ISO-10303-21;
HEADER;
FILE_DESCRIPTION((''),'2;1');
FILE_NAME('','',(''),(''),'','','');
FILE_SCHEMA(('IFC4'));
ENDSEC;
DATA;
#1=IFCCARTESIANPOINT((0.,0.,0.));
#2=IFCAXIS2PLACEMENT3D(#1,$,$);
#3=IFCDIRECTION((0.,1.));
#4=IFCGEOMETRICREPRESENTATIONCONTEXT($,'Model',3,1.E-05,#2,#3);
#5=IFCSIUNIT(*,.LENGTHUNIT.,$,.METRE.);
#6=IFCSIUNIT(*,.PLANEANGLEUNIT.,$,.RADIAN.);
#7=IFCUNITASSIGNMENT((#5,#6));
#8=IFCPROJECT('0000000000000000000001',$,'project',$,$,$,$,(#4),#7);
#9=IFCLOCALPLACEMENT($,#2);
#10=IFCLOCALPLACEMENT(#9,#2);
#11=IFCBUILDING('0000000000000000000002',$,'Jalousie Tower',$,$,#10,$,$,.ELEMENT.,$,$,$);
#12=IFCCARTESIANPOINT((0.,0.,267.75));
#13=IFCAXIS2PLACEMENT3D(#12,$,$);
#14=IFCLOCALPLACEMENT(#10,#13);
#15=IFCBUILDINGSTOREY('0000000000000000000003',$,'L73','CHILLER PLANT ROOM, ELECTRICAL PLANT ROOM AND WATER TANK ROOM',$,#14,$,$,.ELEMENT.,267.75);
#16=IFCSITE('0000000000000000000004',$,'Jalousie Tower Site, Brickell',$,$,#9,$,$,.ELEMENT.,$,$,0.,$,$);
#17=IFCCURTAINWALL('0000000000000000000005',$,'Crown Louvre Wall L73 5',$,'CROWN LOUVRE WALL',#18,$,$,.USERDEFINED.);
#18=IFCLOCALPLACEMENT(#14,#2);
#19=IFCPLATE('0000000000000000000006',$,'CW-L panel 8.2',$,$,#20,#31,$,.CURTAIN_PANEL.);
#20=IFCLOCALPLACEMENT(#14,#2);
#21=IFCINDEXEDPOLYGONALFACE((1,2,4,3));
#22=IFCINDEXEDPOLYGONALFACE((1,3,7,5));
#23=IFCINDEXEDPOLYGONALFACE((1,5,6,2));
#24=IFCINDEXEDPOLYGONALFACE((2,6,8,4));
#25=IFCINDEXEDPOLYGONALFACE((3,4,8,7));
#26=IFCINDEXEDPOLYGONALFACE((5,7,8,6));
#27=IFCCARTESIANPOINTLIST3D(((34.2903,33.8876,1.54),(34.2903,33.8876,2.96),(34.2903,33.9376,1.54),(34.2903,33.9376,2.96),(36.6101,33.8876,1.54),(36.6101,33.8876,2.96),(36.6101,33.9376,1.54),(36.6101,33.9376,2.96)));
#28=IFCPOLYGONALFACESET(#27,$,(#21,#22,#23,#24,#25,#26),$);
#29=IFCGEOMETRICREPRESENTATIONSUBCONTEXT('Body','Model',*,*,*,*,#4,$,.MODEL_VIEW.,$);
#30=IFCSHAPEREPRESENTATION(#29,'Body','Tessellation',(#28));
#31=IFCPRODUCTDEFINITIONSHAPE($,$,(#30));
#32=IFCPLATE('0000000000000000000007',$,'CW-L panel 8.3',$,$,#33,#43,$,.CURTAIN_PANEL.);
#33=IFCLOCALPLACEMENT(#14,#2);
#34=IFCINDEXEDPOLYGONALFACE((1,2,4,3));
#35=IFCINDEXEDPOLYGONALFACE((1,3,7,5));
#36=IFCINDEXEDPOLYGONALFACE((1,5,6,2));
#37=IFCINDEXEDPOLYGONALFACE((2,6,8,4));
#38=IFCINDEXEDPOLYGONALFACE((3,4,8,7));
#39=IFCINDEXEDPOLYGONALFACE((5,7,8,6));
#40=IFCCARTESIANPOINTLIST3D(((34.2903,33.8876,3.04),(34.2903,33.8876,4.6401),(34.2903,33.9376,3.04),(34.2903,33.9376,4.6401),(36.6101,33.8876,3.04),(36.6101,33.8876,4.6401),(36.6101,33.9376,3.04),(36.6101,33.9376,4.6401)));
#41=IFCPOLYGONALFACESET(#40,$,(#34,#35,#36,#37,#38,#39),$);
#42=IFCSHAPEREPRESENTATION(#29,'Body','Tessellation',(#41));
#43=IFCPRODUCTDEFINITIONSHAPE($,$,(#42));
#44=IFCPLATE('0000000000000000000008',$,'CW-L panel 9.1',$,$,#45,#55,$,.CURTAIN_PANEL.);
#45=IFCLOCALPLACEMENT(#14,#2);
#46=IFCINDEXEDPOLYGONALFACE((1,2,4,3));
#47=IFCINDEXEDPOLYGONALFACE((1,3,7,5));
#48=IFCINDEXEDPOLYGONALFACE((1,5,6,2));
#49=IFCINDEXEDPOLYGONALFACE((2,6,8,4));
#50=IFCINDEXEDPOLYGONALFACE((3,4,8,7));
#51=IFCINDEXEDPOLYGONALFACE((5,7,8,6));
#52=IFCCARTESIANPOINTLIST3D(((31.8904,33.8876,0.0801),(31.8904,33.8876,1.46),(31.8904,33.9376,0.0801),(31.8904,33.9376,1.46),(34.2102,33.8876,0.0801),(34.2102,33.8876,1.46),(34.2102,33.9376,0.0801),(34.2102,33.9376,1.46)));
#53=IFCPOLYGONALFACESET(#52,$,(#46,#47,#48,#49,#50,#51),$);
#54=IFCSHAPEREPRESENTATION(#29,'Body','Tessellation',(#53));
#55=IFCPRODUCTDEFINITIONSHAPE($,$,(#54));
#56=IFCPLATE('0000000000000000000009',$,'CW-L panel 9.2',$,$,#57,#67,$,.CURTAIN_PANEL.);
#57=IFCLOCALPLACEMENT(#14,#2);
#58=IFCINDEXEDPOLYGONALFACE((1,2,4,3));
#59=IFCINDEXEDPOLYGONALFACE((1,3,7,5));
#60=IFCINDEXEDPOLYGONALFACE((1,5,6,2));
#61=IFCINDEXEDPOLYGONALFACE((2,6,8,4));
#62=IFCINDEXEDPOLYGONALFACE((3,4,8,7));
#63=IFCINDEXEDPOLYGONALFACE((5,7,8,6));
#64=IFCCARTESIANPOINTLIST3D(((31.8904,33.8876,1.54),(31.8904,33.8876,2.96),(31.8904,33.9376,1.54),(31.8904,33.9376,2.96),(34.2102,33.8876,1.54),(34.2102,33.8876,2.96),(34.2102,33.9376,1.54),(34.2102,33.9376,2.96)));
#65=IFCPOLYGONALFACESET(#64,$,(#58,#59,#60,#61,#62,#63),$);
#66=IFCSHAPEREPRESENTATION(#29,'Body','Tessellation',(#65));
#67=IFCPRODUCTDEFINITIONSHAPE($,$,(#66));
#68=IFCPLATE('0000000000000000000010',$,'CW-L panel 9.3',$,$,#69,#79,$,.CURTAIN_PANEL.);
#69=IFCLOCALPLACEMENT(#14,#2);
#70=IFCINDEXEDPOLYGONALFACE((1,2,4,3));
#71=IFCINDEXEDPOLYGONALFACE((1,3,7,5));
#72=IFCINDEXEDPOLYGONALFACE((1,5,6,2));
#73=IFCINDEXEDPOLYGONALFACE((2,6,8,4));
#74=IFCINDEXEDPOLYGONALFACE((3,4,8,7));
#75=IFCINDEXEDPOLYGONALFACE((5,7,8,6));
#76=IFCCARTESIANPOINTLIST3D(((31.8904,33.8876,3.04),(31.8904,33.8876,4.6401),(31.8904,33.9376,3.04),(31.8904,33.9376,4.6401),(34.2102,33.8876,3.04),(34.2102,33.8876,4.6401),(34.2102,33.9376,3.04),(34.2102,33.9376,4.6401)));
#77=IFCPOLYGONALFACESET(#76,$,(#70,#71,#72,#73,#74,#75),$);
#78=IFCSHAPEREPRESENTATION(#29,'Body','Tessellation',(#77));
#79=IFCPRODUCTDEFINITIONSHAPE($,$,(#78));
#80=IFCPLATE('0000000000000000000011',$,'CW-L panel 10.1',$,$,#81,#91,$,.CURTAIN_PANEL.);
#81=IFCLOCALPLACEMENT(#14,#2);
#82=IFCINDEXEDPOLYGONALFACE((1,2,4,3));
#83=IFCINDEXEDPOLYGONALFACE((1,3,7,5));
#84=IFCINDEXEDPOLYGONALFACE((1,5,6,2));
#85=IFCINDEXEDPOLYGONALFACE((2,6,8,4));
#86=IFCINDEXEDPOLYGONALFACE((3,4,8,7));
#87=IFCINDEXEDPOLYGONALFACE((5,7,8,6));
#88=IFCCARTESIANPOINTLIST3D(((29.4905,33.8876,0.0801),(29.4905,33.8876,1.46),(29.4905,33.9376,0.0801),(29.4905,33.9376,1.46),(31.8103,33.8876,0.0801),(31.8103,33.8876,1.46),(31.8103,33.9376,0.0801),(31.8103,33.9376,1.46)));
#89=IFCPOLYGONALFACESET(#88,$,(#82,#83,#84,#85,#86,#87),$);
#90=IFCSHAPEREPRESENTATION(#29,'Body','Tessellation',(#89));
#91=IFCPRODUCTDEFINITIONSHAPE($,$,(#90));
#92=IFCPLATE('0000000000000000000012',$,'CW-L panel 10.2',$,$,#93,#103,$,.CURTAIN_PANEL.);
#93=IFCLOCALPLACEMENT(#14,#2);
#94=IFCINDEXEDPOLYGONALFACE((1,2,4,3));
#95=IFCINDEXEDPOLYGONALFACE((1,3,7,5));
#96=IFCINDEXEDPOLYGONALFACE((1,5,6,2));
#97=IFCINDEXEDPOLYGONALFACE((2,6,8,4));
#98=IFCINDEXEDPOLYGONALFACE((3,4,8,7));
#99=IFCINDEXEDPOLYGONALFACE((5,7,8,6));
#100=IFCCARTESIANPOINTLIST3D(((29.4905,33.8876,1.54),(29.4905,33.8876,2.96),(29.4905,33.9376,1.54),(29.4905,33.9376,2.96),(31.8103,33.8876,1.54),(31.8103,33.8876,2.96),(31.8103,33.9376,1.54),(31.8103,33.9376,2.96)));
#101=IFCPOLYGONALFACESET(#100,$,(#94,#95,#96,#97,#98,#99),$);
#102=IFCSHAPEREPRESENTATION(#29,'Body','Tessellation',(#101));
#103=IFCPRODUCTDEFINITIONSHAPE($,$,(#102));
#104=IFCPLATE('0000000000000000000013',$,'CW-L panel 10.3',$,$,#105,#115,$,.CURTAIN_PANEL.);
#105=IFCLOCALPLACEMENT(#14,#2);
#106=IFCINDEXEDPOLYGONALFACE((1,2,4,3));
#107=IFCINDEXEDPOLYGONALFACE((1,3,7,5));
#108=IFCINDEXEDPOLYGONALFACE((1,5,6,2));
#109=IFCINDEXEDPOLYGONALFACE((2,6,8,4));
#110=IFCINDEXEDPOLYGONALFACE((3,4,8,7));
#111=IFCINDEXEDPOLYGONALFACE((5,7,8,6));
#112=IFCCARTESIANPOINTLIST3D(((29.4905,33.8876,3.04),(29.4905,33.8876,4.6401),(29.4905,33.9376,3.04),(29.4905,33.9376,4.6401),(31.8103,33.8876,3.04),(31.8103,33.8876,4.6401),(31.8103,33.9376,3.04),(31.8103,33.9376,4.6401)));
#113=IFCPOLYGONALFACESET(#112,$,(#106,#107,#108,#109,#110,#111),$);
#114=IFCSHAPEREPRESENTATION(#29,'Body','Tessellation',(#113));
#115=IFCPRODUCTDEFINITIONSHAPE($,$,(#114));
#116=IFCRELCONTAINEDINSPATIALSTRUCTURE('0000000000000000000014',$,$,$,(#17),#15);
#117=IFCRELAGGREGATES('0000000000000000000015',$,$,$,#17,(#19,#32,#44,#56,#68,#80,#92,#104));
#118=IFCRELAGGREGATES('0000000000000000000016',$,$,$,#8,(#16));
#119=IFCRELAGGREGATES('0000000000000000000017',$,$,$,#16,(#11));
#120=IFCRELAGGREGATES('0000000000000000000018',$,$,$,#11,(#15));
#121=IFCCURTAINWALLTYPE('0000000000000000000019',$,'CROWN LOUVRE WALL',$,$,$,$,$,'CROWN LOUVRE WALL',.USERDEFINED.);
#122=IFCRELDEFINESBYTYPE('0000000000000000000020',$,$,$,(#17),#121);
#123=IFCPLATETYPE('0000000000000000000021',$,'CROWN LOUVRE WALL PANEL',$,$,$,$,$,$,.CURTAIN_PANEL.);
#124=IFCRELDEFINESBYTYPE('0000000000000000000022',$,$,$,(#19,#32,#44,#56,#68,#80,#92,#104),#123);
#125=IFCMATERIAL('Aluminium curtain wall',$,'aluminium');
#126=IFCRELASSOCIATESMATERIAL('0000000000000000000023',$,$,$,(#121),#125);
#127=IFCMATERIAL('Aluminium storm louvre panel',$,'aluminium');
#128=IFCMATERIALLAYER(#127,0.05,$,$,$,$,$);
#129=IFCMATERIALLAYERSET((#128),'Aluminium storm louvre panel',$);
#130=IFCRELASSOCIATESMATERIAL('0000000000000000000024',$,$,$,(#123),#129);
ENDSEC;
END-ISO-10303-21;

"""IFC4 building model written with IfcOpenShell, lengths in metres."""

from ifc_helpers import new_model, si_unit, direction, frame, origin, origin_2d, place, context, subcontext, project, spatial, rectangle, extrude, material, layer, layer_set, type_object, element, aggregate, save


model = new_model("IFC4")

# Units and contexts
model_context = context("Model", 3, precision=1e-05, world=origin(), true_north=direction((0.0, 1.0)))
body_context = subcontext(model_context, "Body", "Model", "MODEL_VIEW")
ifc_project = project(units=[si_unit("LENGTHUNIT", "METRE"), si_unit("PLANEANGLEUNIT", "RADIAN")], contexts=[model_context])

# Site, building, storey
site_placement = place(None, origin())
site = spatial("IfcSite", under=ifc_project, at=site_placement, Name="Jalousie Tower Site, Brickell", CompositionType="ELEMENT", RefElevation=0.0)
building_placement = place(site_placement, origin())
building = spatial("IfcBuilding", under=site, at=building_placement, Name="Jalousie Tower", CompositionType="ELEMENT")
storey_placement = place(building_placement, frame((0.0, 0.0, 267.75)))
storey = spatial("IfcBuildingStorey", under=building, at=storey_placement, Name="L73", Description="CHILLER PLANT ROOM, ELECTRICAL PLANT ROOM AND WATER TANK ROOM", CompositionType="ELEMENT", Elevation=267.75)

# Curtain wall, plates
ifc_material_1 = material(Name="Aluminium curtain wall", Category="aluminium")
curtain_wall_type = type_object("IfcCurtainWallType", Name="CROWN LOUVRE WALL", ElementType="CROWN LOUVRE WALL", PredefinedType="USERDEFINED", material=ifc_material_1)
curtain_wall_placement = place(storey_placement, origin())
curtain_wall = element("IfcCurtainWall", 1, at=curtain_wall_placement, inside=storey, type_object=curtain_wall_type, Name="Crown Louvre Wall L73 5", ObjectType="CROWN LOUVRE WALL", PredefinedType="USERDEFINED")
ifc_material_2 = material(Name="Aluminium storm louvre panel", Category="aluminium")
ifc_layer = layer(ifc_material_2, 0.05)
ifc_layer_set = layer_set([ifc_layer], Name="Aluminium storm louvre panel")
plate_type = type_object("IfcPlateType", Name="CROWN LOUVRE WALL PANEL", PredefinedType="CURTAIN_PANEL", material=ifc_layer_set)
plate_1_placement = place(storey_placement, frame((35.4502, 33.9126, 1.54), z_axis=(0.0, 0.0, 1.0), x_axis=(-1.0, 0.0, 0.0)))
plate_1 = element("IfcPlate", 2, at=plate_1_placement, type_object=plate_type, Name="CW-L panel 8.2", PredefinedType="CURTAIN_PANEL", context=body_context, shape_type="SweptSolid", body=[
    extrude(rectangle(XDim=2.3198, YDim=0.05, at=origin_2d()), origin(), (0.0, 0.0, 1.0), 1.4199),
])
plate_2_placement = place(storey_placement, frame((35.4502, 33.9126, 3.04), z_axis=(0.0, 0.0, 1.0), x_axis=(-1.0, 0.0, 0.0)))
plate_2 = element("IfcPlate", 3, at=plate_2_placement, type_object=plate_type, Name="CW-L panel 8.3", PredefinedType="CURTAIN_PANEL", context=body_context, shape_type="SweptSolid", body=[
    extrude(rectangle(XDim=2.3198, YDim=0.05, at=origin_2d()), origin(), (0.0, 0.0, 1.0), 1.6001),
])
plate_3_placement = place(storey_placement, frame((33.0503, 33.9126, 0.0801), z_axis=(0.0, 0.0, 1.0), x_axis=(-1.0, 0.0, 0.0)))
plate_3 = element("IfcPlate", 4, at=plate_3_placement, type_object=plate_type, Name="CW-L panel 9.1", PredefinedType="CURTAIN_PANEL", context=body_context, shape_type="SweptSolid", body=[
    extrude(rectangle(XDim=2.3198, YDim=0.05, at=origin_2d()), origin(), (0.0, 0.0, 1.0), 1.3799),
])
plate_4_placement = place(storey_placement, frame((33.0503, 33.9126, 1.54), z_axis=(0.0, 0.0, 1.0), x_axis=(-1.0, 0.0, 0.0)))
plate_4 = element("IfcPlate", 5, at=plate_4_placement, type_object=plate_type, Name="CW-L panel 9.2", PredefinedType="CURTAIN_PANEL", context=body_context, shape_type="SweptSolid", body=[
    extrude(rectangle(XDim=2.3198, YDim=0.05, at=origin_2d()), origin(), (0.0, 0.0, 1.0), 1.4199),
])
plate_5_placement = place(storey_placement, frame((33.0503, 33.9126, 3.04), z_axis=(0.0, 0.0, 1.0), x_axis=(-1.0, 0.0, 0.0)))
plate_5 = element("IfcPlate", 6, at=plate_5_placement, type_object=plate_type, Name="CW-L panel 9.3", PredefinedType="CURTAIN_PANEL", context=body_context, shape_type="SweptSolid", body=[
    extrude(rectangle(XDim=2.3198, YDim=0.05, at=origin_2d()), origin(), (0.0, 0.0, 1.0), 1.6001),
])
plate_6_placement = place(storey_placement, frame((30.6504, 33.9126, 0.0801), z_axis=(0.0, 0.0, 1.0), x_axis=(-1.0, 0.0, 0.0)))
plate_6 = element("IfcPlate", 7, at=plate_6_placement, type_object=plate_type, Name="CW-L panel 10.1", PredefinedType="CURTAIN_PANEL", context=body_context, shape_type="SweptSolid", body=[
    extrude(rectangle(XDim=2.3198, YDim=0.05, at=origin_2d()), origin(), (0.0, 0.0, 1.0), 1.3799),
])
plate_7_placement = place(storey_placement, frame((30.6504, 33.9126, 1.54), z_axis=(0.0, 0.0, 1.0), x_axis=(-1.0, 0.0, 0.0)))
plate_7 = element("IfcPlate", 8, at=plate_7_placement, type_object=plate_type, Name="CW-L panel 10.2", PredefinedType="CURTAIN_PANEL", context=body_context, shape_type="SweptSolid", body=[
    extrude(rectangle(XDim=2.3198, YDim=0.05, at=origin_2d()), origin(), (0.0, 0.0, 1.0), 1.4199),
])
plate_8_placement = place(storey_placement, frame((30.6504, 33.9126, 3.04), z_axis=(0.0, 0.0, 1.0), x_axis=(-1.0, 0.0, 0.0)))
plate_8 = element("IfcPlate", 9, at=plate_8_placement, type_object=plate_type, Name="CW-L panel 10.3", PredefinedType="CURTAIN_PANEL", context=body_context, shape_type="SweptSolid", body=[
    extrude(rectangle(XDim=2.3198, YDim=0.05, at=origin_2d()), origin(), (0.0, 0.0, 1.0), 1.6001),
])
aggregate(curtain_wall, [plate_1, plate_2, plate_3, plate_4, plate_5, plate_6, plate_7, plate_8])

save(model, "model.ifc")
